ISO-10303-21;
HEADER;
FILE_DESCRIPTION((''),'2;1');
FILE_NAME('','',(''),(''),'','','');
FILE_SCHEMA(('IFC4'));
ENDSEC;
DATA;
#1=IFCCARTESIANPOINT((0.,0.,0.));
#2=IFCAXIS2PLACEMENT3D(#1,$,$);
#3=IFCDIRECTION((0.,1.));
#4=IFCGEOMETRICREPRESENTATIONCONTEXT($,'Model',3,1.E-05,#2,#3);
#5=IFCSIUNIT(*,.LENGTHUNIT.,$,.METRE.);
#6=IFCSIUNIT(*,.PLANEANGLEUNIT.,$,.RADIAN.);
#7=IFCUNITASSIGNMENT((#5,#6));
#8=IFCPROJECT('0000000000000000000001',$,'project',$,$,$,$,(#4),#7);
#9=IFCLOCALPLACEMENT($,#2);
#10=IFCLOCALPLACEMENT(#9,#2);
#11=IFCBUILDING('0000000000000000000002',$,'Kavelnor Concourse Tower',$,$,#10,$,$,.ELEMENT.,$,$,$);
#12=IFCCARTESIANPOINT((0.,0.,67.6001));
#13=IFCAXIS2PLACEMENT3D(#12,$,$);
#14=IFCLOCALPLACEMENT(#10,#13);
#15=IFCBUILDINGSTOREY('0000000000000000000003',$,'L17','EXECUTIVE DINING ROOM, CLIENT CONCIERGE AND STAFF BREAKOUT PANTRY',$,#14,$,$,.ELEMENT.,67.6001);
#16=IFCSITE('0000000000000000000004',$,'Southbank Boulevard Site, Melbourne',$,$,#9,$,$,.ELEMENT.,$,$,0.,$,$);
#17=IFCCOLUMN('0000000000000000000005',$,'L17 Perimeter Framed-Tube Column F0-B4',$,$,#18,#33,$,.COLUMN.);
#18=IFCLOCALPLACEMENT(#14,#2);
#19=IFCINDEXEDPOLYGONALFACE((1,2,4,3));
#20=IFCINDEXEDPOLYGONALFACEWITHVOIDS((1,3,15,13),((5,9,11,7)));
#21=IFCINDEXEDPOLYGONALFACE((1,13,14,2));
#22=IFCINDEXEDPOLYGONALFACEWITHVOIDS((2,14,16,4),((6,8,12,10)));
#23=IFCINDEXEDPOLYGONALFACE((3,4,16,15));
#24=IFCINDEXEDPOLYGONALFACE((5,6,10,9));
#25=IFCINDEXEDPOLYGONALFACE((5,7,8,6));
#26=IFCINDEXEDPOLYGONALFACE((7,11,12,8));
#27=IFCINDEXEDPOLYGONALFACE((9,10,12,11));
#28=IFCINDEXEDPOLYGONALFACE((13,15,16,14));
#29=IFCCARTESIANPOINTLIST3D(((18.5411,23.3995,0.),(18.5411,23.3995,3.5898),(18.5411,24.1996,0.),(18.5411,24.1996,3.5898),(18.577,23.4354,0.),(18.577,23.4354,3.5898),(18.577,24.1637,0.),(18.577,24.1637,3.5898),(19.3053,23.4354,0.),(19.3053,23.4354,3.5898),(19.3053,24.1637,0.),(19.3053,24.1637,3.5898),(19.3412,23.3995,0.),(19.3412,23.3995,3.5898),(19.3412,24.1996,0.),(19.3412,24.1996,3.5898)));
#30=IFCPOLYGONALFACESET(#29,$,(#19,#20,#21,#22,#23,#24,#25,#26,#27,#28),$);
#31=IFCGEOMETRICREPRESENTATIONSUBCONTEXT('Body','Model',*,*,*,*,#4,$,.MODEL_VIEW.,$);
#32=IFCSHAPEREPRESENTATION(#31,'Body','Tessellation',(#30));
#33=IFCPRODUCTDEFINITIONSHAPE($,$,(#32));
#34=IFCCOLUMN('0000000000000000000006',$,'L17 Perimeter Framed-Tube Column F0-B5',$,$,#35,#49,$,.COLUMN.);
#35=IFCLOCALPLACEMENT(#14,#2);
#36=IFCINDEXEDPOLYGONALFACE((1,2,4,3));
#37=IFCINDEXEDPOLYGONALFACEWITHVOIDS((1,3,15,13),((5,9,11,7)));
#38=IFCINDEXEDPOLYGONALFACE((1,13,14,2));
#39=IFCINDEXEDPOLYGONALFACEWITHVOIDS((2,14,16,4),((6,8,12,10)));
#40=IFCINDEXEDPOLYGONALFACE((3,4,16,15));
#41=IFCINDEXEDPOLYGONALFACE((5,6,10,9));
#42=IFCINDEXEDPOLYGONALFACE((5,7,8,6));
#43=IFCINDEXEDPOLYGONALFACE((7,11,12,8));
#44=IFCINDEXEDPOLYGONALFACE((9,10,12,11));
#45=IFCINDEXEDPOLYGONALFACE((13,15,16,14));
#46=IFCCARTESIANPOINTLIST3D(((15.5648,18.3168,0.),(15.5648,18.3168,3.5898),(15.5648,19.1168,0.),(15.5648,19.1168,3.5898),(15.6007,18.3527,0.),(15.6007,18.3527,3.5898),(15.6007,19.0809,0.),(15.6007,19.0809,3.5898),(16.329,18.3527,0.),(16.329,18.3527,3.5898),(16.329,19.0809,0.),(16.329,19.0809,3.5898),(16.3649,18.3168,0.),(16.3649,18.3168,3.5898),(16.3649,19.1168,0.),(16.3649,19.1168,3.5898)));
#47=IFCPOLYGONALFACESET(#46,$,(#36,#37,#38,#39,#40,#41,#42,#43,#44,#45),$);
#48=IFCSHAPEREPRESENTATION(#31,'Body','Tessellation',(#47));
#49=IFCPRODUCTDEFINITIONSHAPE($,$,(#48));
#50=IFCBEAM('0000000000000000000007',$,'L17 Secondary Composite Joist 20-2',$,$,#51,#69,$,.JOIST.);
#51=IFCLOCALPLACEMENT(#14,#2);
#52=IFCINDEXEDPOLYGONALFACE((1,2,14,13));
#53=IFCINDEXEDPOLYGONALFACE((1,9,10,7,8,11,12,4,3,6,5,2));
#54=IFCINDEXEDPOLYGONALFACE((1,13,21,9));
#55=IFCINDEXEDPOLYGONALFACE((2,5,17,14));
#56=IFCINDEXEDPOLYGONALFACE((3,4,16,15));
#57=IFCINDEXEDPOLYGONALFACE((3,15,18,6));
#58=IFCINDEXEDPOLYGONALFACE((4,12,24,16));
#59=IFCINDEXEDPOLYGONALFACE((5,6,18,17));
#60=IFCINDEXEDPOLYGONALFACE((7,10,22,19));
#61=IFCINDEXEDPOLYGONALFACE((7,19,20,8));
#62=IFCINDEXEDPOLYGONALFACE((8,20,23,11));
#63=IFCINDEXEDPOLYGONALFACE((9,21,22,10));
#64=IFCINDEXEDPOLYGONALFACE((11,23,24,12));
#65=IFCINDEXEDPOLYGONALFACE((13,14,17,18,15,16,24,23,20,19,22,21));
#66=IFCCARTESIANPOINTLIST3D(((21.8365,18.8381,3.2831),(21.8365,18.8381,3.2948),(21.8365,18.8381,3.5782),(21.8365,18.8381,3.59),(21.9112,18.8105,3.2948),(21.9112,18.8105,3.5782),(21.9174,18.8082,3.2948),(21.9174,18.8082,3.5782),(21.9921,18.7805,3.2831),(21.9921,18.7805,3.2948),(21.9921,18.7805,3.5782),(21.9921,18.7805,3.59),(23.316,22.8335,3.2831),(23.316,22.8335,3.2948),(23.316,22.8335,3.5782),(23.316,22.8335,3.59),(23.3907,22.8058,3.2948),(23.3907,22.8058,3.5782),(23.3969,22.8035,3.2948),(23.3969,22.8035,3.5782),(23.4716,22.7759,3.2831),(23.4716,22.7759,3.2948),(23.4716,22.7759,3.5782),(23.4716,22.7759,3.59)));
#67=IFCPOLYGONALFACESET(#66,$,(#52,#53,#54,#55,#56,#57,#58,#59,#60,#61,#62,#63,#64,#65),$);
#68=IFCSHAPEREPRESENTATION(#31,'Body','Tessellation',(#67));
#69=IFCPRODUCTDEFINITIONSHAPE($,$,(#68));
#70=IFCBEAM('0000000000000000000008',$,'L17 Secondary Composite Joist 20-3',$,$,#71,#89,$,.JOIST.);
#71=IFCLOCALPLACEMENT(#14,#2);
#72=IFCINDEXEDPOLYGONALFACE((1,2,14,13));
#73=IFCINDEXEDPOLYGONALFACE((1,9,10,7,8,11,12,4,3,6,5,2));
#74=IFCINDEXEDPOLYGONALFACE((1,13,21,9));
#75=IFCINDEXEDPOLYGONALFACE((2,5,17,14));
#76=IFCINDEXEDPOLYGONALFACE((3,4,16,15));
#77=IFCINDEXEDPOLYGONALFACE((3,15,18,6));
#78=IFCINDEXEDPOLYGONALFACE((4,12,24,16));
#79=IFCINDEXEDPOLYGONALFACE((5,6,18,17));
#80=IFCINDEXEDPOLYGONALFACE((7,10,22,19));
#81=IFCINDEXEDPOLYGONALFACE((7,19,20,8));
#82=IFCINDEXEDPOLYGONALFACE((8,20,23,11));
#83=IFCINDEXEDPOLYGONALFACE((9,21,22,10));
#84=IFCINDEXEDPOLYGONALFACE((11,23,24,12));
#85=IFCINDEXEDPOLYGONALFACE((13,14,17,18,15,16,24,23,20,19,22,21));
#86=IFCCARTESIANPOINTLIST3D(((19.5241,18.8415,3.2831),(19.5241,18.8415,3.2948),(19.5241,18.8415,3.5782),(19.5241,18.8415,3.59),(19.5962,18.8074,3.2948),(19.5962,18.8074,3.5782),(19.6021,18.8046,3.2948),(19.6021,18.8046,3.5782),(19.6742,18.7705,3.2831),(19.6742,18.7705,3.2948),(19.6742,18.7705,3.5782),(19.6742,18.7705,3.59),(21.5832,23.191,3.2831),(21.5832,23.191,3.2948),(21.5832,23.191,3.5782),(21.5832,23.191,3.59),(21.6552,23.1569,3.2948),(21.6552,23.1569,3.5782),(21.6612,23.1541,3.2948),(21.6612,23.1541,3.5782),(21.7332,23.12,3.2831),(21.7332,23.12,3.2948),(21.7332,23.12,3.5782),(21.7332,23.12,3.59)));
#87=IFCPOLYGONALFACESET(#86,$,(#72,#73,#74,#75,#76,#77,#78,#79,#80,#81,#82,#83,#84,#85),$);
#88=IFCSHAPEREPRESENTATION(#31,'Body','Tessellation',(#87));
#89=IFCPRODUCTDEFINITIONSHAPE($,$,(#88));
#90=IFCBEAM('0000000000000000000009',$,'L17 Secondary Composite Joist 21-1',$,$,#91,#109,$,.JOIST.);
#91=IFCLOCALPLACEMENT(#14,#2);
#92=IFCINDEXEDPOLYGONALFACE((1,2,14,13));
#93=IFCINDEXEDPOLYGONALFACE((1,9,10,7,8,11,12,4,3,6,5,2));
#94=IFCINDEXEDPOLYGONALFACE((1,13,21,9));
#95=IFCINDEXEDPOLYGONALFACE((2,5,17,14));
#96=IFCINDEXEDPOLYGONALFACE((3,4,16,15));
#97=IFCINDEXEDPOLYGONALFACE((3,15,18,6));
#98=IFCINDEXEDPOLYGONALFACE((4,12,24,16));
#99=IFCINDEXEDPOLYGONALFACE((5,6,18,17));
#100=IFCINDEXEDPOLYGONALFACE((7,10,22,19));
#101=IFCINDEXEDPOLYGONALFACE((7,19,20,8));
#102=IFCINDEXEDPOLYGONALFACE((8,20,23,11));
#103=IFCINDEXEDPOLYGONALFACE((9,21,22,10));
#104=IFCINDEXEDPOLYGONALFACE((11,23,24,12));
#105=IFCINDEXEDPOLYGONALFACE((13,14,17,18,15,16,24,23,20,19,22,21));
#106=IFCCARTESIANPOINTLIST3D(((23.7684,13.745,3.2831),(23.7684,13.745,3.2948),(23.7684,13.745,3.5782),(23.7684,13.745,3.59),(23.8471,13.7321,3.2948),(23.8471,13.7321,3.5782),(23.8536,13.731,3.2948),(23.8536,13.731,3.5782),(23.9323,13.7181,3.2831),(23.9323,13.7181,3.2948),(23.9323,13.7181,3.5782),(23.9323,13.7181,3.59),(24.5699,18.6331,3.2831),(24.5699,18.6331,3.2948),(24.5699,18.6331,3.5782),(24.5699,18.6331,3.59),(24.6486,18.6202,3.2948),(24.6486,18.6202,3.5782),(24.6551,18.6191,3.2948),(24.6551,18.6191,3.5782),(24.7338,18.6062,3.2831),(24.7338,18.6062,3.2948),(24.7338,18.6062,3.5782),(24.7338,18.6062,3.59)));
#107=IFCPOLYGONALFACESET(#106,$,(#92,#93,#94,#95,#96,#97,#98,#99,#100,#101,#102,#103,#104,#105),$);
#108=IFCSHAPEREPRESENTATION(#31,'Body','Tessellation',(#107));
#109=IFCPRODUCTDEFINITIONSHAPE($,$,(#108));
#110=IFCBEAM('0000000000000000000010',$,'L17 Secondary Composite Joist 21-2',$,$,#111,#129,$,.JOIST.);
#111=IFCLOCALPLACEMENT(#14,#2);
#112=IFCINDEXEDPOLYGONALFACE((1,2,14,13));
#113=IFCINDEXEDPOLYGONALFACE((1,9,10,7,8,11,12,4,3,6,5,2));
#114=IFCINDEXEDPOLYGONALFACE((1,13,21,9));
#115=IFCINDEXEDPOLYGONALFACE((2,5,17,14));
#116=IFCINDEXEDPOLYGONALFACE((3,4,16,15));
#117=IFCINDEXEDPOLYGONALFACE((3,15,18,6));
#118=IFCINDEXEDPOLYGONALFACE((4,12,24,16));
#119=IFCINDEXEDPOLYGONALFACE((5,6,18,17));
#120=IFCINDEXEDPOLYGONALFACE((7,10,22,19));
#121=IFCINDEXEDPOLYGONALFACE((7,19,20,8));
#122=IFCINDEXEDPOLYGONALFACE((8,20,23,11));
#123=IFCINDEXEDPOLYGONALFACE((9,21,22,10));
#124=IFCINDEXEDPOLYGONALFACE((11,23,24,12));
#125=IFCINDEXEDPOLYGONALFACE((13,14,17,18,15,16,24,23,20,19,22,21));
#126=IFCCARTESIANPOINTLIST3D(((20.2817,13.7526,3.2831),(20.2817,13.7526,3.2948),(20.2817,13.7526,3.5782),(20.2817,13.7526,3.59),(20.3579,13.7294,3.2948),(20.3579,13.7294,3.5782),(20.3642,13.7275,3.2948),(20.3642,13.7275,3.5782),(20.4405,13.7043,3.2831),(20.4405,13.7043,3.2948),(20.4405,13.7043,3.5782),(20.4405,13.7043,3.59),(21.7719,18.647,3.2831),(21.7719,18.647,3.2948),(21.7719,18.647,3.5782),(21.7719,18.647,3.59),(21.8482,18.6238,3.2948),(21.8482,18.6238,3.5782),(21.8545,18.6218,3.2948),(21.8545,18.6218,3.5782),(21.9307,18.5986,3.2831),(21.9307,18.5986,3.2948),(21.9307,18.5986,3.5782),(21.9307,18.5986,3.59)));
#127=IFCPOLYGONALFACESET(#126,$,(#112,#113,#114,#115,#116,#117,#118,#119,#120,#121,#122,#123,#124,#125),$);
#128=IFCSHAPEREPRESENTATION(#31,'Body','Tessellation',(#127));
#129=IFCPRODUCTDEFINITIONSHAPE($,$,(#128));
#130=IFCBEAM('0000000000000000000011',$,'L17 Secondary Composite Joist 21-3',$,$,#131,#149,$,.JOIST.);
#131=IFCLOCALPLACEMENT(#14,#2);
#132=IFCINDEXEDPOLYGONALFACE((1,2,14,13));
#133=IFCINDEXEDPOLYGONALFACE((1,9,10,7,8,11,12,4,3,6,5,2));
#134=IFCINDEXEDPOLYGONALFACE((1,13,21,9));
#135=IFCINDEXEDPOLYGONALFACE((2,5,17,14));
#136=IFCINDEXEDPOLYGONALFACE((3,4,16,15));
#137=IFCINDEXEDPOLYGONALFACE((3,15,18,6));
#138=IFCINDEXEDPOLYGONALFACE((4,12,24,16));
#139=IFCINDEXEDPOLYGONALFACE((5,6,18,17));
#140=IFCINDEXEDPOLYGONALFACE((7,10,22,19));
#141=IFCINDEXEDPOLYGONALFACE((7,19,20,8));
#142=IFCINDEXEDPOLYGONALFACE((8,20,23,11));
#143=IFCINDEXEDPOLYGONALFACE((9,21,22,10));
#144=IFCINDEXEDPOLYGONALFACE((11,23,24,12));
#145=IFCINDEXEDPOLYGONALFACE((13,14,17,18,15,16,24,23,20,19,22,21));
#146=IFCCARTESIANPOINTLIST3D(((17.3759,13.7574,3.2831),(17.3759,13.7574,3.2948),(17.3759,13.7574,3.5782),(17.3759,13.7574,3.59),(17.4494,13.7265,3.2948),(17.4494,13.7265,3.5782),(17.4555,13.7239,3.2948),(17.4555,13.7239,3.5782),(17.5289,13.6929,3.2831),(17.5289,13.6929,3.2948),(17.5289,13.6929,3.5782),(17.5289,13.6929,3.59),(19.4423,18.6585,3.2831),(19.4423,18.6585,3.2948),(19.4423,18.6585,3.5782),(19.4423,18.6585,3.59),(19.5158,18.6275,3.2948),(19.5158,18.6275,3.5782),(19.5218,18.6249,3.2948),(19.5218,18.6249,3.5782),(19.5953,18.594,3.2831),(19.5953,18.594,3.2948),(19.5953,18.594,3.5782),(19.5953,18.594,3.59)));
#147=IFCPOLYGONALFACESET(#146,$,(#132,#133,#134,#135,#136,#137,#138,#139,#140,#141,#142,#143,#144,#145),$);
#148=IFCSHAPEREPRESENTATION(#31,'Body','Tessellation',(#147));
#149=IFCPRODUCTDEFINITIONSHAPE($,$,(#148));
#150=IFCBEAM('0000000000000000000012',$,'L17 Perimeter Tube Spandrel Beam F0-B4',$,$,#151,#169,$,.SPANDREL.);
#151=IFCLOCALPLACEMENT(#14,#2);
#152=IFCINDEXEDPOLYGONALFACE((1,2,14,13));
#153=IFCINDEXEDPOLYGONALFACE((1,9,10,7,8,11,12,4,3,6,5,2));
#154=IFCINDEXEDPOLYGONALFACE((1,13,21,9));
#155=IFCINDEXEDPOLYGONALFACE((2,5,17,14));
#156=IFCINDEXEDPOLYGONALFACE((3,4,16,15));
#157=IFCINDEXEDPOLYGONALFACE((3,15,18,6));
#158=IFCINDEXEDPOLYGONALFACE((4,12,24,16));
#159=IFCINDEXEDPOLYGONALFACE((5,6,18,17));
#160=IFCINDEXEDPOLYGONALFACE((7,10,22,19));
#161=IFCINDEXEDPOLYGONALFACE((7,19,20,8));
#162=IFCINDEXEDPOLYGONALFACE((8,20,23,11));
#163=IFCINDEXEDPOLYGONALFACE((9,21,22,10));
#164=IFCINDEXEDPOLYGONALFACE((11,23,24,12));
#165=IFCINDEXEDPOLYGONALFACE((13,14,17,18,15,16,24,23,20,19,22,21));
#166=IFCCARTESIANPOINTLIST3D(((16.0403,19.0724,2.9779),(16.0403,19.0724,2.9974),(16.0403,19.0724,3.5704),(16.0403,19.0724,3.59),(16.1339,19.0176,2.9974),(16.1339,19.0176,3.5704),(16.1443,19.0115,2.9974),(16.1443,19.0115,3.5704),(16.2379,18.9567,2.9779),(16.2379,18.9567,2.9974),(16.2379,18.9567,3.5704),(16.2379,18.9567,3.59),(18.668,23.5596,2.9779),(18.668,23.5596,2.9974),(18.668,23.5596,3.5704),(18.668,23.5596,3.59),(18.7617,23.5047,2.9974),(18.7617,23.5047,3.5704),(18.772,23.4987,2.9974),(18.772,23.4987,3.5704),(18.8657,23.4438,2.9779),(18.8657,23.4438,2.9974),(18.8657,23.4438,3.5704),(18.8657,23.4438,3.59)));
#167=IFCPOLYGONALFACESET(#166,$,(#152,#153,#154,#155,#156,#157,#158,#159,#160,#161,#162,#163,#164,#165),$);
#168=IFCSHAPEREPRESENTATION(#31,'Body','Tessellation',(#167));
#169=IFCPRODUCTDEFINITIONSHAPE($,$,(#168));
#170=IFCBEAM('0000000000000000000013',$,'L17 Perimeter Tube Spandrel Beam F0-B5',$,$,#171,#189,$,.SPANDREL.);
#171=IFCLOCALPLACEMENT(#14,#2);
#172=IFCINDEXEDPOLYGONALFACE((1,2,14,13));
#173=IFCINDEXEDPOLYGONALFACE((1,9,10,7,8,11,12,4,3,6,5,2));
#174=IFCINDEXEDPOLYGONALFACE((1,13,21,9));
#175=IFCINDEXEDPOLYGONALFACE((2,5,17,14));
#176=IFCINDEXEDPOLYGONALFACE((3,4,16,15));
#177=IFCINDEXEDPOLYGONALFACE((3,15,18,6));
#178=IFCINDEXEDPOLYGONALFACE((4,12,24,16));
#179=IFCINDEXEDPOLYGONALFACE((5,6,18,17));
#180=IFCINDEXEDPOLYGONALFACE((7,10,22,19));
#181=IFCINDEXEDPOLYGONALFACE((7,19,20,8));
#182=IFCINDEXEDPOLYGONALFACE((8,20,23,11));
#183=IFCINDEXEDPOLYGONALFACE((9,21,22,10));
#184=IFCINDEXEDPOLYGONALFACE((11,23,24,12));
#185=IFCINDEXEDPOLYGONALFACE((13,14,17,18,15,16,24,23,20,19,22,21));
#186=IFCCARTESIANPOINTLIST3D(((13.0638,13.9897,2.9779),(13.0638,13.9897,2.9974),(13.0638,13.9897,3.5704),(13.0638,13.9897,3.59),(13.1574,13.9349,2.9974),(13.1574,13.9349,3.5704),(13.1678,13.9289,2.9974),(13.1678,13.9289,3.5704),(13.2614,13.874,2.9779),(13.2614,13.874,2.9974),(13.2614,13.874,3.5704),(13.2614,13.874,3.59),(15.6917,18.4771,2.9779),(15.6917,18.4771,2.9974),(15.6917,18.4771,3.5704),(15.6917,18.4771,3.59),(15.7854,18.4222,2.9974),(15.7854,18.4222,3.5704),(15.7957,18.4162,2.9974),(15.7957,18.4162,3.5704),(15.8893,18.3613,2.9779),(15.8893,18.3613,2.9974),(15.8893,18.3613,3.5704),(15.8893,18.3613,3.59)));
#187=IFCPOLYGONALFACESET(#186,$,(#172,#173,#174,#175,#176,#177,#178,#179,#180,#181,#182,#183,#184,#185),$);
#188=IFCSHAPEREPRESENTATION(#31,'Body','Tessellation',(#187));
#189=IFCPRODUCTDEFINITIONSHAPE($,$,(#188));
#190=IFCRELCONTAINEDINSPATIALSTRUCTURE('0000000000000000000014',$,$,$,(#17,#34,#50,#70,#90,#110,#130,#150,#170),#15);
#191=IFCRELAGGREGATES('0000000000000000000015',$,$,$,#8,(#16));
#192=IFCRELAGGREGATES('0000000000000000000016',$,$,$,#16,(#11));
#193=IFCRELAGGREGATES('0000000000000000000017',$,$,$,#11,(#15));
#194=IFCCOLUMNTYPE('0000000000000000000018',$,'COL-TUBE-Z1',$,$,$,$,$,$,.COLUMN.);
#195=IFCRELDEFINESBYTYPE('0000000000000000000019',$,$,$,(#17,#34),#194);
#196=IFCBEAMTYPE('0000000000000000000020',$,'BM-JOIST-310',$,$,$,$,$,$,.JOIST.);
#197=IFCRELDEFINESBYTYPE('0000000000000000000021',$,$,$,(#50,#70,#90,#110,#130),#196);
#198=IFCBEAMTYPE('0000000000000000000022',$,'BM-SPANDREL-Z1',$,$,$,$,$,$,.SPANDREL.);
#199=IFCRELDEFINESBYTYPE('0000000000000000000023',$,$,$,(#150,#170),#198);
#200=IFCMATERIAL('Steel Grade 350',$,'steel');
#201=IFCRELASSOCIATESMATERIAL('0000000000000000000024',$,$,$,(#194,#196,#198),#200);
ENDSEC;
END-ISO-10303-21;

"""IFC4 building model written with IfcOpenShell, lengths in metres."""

from ifc_helpers import new_model, si_unit, direction, frame, origin, origin_2d, place, context, subcontext, project, spatial, hollow_rectangle, i_section, extrude, material, material_profile, profile_set, type_object, element, save


model = new_model("IFC4")

# Units and contexts
model_context = context("Model", 3, precision=1e-05, world=origin(), true_north=direction((0.0, 1.0)))
body_context = subcontext(model_context, "Body", "Model", "MODEL_VIEW")
ifc_project = project(units=[si_unit("LENGTHUNIT", "METRE"), si_unit("PLANEANGLEUNIT", "RADIAN")], contexts=[model_context])

# Site, building, storey
site_placement = place(None, origin())
site = spatial("IfcSite", under=ifc_project, at=site_placement, Name="Southbank Boulevard Site, Melbourne", CompositionType="ELEMENT", RefElevation=0.0)
building_placement = place(site_placement, origin())
building = spatial("IfcBuilding", under=site, at=building_placement, Name="Kavelnor Concourse Tower", CompositionType="ELEMENT")
storey_placement = place(building_placement, frame((0.0, 0.0, 67.6001)))
storey = spatial("IfcBuildingStorey", under=building, at=storey_placement, Name="L17", Description="EXECUTIVE DINING ROOM, CLIENT CONCIERGE AND STAFF BREAKOUT PANTRY", CompositionType="ELEMENT", Elevation=67.6001)

# Columns
ifc_material_1 = material(Name="Steel Grade 350", Category="steel")
ifc_material_profile_1 = material_profile(ifc_material_1, hollow_rectangle(XDim=0.8, YDim=0.8, WallThickness=0.0359, at=origin_2d()), Name="SHS 800x800x36")
ifc_profile_set_1 = profile_set([ifc_material_profile_1], Name="Steel Grade 350")
column_type = type_object("IfcColumnType", Name="COL-TUBE-Z1", PredefinedType="COLUMN", material=ifc_profile_set_1)
for number, where, z_axis, x_axis, name in (
    (1, (18.9412, 23.7996, 0.0), (0.0, 0.0, 1.0), (1.0, 0.0, 0.0), "L17 Perimeter Framed-Tube Column F0-B4"),
    (2, (15.9648, 18.7168, 0.0), (0.0, 0.0, 1.0), (1.0, 0.0, 0.0), "L17 Perimeter Framed-Tube Column F0-B5"),
):
    element("IfcColumn", number, at=place(storey_placement, frame(where, z_axis=z_axis, x_axis=x_axis)), inside=storey, type_object=column_type, Name=name, PredefinedType="COLUMN", context=body_context, shape_type="SweptSolid", body=[
        extrude(hollow_rectangle(XDim=0.8, YDim=0.8, WallThickness=0.0359, at=origin_2d()), origin(), (0.0, 0.0, 1.0), 3.5898),
    ])

# Beams
ifc_material_profile_2 = material_profile(ifc_material_1, i_section(OverallWidth=0.166, OverallDepth=0.3069, WebThickness=0.0066, FlangeThickness=0.0117, at=origin_2d()), Name="310UB46")
ifc_profile_set_2 = profile_set([ifc_material_profile_2], Name="Steel Grade 350")
beam_type_1 = type_object("IfcBeamType", Name="BM-JOIST-310", PredefinedType="JOIST", material=ifc_profile_set_2)
beam_1_placement = place(storey_placement, frame((23.3938, 22.8047, 3.4365), z_axis=(-0.347258, -0.937769, 0.0), x_axis=(0.937769, -0.347258, 0.0)))
element("IfcBeam", 3, at=beam_1_placement, inside=storey, type_object=beam_type_1, Name="L17 Secondary Composite Joist 20-2", PredefinedType="JOIST", context=body_context, shape_type="SweptSolid", body=[
    extrude(i_section(OverallWidth=0.166, OverallDepth=0.3069, WebThickness=0.0066, FlangeThickness=0.0117, at=origin_2d()), origin(), (0.0, 0.0, 1.0), 4.2605),
])
beam_2_placement = place(storey_placement, frame((21.6582, 23.1555, 3.4365), z_axis=(-0.427873, -0.903839, 0.0), x_axis=(0.903839, -0.427873, 0.0)))
element("IfcBeam", 4, at=beam_2_placement, inside=storey, type_object=beam_type_1, Name="L17 Secondary Composite Joist 20-3", PredefinedType="JOIST", context=body_context, shape_type="SweptSolid", body=[
    extrude(i_section(OverallWidth=0.166, OverallDepth=0.3069, WebThickness=0.0066, FlangeThickness=0.0117, at=origin_2d()), origin(), (0.0, 0.0, 1.0), 4.8123),
])
beam_3_placement = place(storey_placement, frame((24.6519, 18.6196, 3.4365), z_axis=(-0.161809, -0.986822, 0.0), x_axis=(0.986822, -0.161809, 0.0)))
element("IfcBeam", 5, at=beam_3_placement, inside=storey, type_object=beam_type_1, Name="L17 Secondary Composite Joist 21-1", PredefinedType="JOIST", context=body_context, shape_type="SweptSolid", body=[
    extrude(i_section(OverallWidth=0.166, OverallDepth=0.3069, WebThickness=0.0066, FlangeThickness=0.0117, at=origin_2d()), origin(), (0.0, 0.0, 1.0), 4.9534),
])
beam_4_placement = place(storey_placement, frame((21.8513, 18.6228, 3.4365), z_axis=(-0.291281, -0.956637, 0.0), x_axis=(0.956637, -0.291281, 0.0)))
element("IfcBeam", 6, at=beam_4_placement, inside=storey, type_object=beam_type_1, Name="L17 Secondary Composite Joist 21-2", PredefinedType="JOIST", context=body_context, shape_type="SweptSolid", body=[
    extrude(i_section(OverallWidth=0.166, OverallDepth=0.3069, WebThickness=0.0066, FlangeThickness=0.0117, at=origin_2d()), origin(), (0.0, 0.0, 1.0), 5.1162),
])
beam_5_placement = place(storey_placement, frame((19.5188, 18.6262, 3.4365), z_axis=(-0.3885, -0.921449, 0.0), x_axis=(0.921449, -0.3885, 0.0)))
element("IfcBeam", 7, at=beam_5_placement, inside=storey, type_object=beam_type_1, Name="L17 Secondary Composite Joist 21-3", PredefinedType="JOIST", context=body_context, shape_type="SweptSolid", body=[
    extrude(i_section(OverallWidth=0.166, OverallDepth=0.3069, WebThickness=0.0066, FlangeThickness=0.0117, at=origin_2d()), origin(), (0.0, 0.0, 1.0), 5.3188),
])
ifc_material_profile_3 = material_profile(ifc_material_1, i_section(OverallWidth=0.229, OverallDepth=0.6121, WebThickness=0.012, FlangeThickness=0.0195, at=origin_2d()), Name="610UB125")
ifc_profile_set_3 = profile_set([ifc_material_profile_3], Name="Steel Grade 350")
beam_type_2 = type_object("IfcBeamType", Name="BM-SPANDREL-Z1", PredefinedType="SPANDREL", material=ifc_profile_set_3)
beam_6_placement = place(storey_placement, frame((18.7668, 23.5017, 3.2839), z_axis=(-0.505339, -0.862921, 0.0), x_axis=(0.862921, -0.505339, 0.0)))
element("IfcBeam", 8, at=beam_6_placement, inside=storey, type_object=beam_type_2, Name="L17 Perimeter Tube Spandrel Beam F0-B4", PredefinedType="SPANDREL", context=body_context, shape_type="SweptSolid", body=[
    extrude(i_section(OverallWidth=0.229, OverallDepth=0.6121, WebThickness=0.012, FlangeThickness=0.0195, at=origin_2d()), origin(), (0.0, 0.0, 1.0), 5.2),
])
beam_7_placement = place(storey_placement, frame((15.7905, 18.4192, 3.2839), z_axis=(-0.505353, -0.862913, 0.0), x_axis=(0.862913, -0.505353, 0.0)))
element("IfcBeam", 9, at=beam_7_placement, inside=storey, type_object=beam_type_2, Name="L17 Perimeter Tube Spandrel Beam F0-B5", PredefinedType="SPANDREL", context=body_context, shape_type="SweptSolid", body=[
    extrude(i_section(OverallWidth=0.229, OverallDepth=0.6121, WebThickness=0.012, FlangeThickness=0.0195, at=origin_2d()), origin(), (0.0, 0.0, 1.0), 5.2002),
])

save(model, "model.ifc")
